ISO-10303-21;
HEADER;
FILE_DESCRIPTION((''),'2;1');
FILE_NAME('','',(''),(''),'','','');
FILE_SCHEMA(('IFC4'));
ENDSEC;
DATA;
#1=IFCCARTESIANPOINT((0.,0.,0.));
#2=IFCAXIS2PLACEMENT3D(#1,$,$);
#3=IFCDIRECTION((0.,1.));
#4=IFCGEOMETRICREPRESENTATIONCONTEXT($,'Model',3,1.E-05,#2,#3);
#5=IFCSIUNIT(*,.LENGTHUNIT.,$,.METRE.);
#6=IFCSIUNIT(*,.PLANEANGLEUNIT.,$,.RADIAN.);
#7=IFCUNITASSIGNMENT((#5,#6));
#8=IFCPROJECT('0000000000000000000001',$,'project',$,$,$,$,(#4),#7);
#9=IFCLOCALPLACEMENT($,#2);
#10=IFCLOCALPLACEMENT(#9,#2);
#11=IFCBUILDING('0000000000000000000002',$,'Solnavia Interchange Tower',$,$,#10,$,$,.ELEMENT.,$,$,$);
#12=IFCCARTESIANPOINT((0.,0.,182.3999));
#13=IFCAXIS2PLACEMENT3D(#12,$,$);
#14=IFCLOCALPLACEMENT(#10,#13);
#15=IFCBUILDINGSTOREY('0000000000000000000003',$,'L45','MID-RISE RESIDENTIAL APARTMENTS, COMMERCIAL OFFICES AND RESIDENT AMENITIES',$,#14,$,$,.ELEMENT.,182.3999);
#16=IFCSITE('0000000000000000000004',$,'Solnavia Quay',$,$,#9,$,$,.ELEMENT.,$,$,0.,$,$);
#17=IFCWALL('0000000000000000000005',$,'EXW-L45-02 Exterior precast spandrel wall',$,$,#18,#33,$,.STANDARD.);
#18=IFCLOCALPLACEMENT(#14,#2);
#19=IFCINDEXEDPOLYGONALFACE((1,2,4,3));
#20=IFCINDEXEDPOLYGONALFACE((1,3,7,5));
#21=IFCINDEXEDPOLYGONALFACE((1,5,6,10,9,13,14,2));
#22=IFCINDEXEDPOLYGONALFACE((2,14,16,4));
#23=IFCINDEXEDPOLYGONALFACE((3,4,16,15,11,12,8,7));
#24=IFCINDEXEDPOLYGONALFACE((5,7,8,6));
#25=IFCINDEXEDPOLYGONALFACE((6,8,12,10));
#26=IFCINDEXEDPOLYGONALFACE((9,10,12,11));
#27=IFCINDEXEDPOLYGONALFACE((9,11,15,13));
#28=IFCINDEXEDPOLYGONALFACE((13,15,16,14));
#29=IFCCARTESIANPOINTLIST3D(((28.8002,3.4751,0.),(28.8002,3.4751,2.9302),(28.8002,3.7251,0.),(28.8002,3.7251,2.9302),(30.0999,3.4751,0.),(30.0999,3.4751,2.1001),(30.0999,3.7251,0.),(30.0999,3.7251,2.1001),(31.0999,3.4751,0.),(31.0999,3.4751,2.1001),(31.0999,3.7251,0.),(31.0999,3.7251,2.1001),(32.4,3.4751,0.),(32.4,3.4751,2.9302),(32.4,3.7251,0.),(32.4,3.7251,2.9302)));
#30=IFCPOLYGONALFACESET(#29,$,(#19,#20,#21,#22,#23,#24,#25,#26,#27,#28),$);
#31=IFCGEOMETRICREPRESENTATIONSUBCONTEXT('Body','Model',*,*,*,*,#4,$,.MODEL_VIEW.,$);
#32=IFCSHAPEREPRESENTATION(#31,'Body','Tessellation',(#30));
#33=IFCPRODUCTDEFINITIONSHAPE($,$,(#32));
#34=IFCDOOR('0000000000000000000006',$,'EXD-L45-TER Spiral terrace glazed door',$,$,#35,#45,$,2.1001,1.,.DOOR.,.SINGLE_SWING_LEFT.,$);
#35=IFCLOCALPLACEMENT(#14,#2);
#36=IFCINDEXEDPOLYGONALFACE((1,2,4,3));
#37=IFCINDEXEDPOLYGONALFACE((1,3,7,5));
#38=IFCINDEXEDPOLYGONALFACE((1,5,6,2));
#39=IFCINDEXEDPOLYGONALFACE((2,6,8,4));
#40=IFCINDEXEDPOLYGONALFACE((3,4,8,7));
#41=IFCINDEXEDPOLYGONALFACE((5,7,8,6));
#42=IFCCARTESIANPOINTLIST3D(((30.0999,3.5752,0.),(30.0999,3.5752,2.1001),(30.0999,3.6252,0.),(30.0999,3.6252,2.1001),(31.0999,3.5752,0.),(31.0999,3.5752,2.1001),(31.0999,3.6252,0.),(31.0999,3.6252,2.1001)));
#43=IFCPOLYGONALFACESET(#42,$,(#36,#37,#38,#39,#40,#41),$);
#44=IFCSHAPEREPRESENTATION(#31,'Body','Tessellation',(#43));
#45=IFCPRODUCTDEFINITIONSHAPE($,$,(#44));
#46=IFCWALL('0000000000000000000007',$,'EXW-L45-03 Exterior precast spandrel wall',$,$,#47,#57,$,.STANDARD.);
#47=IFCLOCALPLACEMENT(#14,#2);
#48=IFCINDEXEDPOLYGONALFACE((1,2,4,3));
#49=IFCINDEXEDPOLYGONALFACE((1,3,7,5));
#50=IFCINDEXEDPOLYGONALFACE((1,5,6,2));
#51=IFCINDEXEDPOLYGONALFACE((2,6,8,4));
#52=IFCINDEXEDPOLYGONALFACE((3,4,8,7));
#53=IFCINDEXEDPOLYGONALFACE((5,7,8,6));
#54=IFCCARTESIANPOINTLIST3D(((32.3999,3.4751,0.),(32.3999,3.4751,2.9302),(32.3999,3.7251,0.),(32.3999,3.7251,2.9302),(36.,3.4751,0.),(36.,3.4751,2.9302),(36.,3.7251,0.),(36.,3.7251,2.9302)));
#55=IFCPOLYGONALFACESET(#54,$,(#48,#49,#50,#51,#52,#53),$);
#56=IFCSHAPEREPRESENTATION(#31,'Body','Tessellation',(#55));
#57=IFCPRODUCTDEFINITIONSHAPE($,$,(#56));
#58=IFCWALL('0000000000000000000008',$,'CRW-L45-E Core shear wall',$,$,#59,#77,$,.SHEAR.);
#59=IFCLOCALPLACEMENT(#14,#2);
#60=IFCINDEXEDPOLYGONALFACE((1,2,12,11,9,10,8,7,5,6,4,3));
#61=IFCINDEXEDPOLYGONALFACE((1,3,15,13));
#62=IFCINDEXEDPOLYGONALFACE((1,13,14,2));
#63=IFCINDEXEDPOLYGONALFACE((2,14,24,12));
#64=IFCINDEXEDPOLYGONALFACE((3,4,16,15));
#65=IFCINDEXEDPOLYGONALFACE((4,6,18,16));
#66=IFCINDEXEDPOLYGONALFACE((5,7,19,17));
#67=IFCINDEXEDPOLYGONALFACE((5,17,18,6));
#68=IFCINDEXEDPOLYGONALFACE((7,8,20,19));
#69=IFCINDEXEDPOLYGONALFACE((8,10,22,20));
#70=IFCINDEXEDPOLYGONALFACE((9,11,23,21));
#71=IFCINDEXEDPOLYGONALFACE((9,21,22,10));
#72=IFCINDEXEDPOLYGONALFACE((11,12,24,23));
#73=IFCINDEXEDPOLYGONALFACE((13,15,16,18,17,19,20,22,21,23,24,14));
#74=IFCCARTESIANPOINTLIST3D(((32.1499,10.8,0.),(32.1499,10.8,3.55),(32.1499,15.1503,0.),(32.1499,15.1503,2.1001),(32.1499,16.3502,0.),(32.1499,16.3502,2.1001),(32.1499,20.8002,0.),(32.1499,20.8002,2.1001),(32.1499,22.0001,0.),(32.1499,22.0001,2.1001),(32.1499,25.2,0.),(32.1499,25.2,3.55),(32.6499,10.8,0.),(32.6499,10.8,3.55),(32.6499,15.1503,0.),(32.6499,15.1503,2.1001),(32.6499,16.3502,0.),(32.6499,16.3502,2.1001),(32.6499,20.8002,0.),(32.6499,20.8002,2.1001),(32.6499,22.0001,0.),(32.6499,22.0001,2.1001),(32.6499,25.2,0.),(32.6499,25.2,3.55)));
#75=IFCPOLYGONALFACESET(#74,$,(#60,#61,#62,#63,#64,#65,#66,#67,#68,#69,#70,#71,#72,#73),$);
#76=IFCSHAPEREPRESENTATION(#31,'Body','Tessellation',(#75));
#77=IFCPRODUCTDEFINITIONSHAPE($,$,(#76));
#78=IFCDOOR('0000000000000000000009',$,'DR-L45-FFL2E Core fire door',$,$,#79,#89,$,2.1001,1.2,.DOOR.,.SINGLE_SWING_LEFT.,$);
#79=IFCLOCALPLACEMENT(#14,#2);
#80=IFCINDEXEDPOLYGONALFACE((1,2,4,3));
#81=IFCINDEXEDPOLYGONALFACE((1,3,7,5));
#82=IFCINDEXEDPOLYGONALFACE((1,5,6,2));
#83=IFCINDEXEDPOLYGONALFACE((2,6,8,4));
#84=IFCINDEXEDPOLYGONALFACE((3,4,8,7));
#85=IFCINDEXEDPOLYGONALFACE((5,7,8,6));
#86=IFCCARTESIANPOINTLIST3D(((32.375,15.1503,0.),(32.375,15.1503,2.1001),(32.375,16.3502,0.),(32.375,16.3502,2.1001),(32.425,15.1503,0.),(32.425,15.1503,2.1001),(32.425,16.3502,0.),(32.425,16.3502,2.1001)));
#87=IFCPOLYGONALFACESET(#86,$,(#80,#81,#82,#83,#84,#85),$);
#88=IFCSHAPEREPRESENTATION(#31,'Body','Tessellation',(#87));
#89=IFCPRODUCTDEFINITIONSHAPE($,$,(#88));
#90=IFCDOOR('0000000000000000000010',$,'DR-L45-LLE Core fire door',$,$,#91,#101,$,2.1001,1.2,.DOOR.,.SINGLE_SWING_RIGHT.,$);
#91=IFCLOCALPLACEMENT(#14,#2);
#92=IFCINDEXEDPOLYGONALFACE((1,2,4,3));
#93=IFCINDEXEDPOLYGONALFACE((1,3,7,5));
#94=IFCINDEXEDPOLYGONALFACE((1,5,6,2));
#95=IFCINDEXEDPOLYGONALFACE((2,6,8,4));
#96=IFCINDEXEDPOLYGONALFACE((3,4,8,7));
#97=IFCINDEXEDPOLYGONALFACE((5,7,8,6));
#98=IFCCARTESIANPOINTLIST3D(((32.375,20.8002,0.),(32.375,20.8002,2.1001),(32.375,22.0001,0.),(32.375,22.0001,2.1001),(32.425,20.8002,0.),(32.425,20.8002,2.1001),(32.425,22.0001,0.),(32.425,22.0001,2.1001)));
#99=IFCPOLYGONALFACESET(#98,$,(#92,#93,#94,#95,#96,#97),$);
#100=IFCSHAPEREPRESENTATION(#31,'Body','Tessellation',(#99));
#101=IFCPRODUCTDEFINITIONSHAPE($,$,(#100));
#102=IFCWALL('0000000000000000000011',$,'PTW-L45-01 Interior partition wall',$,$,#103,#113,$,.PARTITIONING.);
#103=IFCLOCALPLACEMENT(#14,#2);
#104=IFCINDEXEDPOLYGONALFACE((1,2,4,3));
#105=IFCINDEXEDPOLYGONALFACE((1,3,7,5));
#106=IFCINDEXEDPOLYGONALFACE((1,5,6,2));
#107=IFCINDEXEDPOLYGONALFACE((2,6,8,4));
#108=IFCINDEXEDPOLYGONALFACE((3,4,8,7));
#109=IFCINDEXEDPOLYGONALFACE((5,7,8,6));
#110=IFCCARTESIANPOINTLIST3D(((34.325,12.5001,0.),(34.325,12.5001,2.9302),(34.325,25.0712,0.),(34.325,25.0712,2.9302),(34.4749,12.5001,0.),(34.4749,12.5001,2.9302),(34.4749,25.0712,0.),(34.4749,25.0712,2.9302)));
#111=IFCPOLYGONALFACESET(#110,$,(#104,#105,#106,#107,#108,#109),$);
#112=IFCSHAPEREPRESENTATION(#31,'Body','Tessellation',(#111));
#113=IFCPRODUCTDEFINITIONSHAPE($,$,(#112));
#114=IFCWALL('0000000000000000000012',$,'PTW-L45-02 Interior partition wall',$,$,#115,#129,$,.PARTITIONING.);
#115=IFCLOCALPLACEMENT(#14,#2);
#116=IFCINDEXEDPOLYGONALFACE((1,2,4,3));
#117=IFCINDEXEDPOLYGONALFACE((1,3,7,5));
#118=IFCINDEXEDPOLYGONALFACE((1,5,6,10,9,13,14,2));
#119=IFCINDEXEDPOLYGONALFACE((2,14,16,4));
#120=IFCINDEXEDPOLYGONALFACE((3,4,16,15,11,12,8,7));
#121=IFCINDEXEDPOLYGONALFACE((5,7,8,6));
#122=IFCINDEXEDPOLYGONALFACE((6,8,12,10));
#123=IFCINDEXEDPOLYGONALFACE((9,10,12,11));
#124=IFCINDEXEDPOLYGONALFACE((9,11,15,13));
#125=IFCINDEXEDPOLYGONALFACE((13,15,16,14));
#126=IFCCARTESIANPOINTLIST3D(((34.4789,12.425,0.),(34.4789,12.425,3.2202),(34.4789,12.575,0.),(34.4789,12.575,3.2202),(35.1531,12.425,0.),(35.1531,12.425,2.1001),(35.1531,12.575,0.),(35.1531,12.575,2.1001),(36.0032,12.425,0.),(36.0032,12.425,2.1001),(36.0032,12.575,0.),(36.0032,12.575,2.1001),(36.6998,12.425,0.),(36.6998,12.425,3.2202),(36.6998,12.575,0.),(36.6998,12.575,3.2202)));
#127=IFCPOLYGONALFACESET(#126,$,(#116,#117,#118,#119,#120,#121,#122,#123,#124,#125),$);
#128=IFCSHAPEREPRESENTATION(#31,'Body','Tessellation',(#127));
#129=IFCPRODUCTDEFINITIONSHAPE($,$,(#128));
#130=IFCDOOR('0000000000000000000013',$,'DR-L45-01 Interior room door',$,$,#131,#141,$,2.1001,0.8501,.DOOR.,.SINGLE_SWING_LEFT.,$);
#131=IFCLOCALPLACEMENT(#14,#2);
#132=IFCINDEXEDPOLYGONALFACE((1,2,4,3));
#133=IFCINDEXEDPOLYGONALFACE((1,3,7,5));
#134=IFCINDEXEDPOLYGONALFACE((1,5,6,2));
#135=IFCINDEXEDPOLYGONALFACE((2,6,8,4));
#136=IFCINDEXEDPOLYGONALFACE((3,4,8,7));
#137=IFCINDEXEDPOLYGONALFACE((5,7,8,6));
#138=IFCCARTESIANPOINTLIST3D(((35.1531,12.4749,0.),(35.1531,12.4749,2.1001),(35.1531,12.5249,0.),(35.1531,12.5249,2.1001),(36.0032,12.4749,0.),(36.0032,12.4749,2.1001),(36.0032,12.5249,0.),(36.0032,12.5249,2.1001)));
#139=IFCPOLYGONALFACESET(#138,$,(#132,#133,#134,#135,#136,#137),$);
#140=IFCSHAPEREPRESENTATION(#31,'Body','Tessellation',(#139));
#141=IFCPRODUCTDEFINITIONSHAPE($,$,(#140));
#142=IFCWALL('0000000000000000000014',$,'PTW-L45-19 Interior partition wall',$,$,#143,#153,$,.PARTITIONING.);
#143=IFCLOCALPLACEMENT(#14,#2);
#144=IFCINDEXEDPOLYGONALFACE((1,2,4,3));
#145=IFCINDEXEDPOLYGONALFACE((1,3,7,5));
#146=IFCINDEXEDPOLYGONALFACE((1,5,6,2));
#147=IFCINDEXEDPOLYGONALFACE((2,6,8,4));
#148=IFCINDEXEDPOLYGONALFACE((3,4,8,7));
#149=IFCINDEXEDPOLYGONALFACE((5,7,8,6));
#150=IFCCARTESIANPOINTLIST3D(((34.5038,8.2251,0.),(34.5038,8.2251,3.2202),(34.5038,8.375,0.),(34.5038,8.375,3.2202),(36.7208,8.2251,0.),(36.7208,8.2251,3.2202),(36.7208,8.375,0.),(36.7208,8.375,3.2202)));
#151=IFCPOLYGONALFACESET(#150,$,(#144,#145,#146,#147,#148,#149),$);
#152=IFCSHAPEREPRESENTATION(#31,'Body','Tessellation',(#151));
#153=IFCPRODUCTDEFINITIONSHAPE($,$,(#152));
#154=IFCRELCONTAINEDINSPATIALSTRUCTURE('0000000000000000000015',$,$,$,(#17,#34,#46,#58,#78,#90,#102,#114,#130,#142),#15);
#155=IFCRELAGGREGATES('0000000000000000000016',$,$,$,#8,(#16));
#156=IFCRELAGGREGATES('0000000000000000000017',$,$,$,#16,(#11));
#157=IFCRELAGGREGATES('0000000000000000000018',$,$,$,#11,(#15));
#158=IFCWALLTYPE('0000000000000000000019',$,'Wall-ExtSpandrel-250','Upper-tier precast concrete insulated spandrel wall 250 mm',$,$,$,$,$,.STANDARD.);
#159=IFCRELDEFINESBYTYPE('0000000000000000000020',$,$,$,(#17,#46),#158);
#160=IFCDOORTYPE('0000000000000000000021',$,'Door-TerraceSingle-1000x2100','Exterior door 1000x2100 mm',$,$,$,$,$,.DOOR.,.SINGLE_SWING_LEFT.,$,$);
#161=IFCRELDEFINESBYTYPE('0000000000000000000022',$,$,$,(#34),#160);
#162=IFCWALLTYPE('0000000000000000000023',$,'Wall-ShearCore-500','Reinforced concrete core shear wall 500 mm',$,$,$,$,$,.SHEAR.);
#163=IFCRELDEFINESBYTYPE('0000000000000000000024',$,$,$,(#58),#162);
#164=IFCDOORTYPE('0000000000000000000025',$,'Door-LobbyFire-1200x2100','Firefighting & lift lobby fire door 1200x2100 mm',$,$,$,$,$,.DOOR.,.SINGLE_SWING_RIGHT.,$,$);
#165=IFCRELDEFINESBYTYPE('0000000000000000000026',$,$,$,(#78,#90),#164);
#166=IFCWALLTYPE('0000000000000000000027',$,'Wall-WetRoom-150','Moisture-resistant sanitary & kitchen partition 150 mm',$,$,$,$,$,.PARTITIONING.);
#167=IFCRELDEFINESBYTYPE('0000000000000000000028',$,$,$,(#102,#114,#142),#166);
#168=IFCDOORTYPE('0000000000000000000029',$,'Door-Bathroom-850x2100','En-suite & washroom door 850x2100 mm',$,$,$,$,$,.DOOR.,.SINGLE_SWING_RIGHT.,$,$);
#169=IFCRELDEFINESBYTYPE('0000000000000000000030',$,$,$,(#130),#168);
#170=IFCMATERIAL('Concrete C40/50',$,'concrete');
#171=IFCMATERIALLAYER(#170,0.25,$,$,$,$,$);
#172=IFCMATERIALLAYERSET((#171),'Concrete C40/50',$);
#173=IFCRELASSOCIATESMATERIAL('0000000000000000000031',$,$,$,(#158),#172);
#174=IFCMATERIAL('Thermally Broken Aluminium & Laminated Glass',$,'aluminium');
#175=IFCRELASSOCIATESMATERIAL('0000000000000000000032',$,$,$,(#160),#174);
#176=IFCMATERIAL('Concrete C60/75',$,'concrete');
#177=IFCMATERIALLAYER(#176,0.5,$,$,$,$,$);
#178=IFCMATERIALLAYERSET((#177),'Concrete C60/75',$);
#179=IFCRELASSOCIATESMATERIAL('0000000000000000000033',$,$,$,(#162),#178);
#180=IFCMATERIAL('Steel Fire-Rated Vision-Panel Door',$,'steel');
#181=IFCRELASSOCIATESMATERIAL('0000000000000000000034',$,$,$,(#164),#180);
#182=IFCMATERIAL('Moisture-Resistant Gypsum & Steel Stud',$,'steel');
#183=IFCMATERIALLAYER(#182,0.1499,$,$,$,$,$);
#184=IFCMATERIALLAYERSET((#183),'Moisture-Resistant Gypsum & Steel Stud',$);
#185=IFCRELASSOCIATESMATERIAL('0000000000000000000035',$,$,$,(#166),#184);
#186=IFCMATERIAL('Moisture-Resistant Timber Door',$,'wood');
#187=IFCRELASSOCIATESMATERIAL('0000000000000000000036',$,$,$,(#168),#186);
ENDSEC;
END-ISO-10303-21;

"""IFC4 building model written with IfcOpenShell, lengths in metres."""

from ifc_helpers import new_model, si_unit, direction, frame, frame_2d, origin, place, context, subcontext, project, spatial, rectangle, extrude, material, layer, layer_set, type_object, element, fill, save


model = new_model("IFC4")

# Units and contexts
model_context = context("Model", 3, precision=1e-05, world=origin(), true_north=direction((0.0, 1.0)))
body_context = subcontext(model_context, "Body", "Model", "MODEL_VIEW")
ifc_project = project(units=[si_unit("LENGTHUNIT", "METRE"), si_unit("PLANEANGLEUNIT", "RADIAN")], contexts=[model_context])

# Site, building, storey
site_placement = place(None, origin())
site = spatial("IfcSite", under=ifc_project, at=site_placement, Name="Solnavia Quay", CompositionType="ELEMENT", RefElevation=0.0)
building_placement = place(site_placement, origin())
building = spatial("IfcBuilding", under=site, at=building_placement, Name="Solnavia Interchange Tower", CompositionType="ELEMENT")
storey_placement = place(building_placement, frame((0.0, 0.0, 182.3999)))
storey = spatial("IfcBuildingStorey", under=building, at=storey_placement, Name="L45", Description="MID-RISE RESIDENTIAL APARTMENTS, COMMERCIAL OFFICES AND RESIDENT AMENITIES", CompositionType="ELEMENT", Elevation=182.3999)

# Wall, opening, door
ifc_material_1 = material(Name="Concrete C40/50", Category="concrete")
ifc_layer_1 = layer(ifc_material_1, 0.25)
ifc_layer_set_1 = layer_set([ifc_layer_1], Name="Concrete C40/50")
wall_type_1 = type_object("IfcWallType", Name="Wall-ExtSpandrel-250", Description="Upper-tier precast concrete insulated spandrel wall 250 mm", PredefinedType="STANDARD", material=ifc_layer_set_1)
wall_1_placement = place(storey_placement, frame((32.3999, 3.6001, 0.0), z_axis=(0.0, 0.0, 1.0), x_axis=(-1.0, 0.0, 0.0)))
wall_1 = element("IfcWall", 1, at=wall_1_placement, inside=storey, type_object=wall_type_1, Name="EXW-L45-02 Exterior precast spandrel wall", PredefinedType="STANDARD", context=body_context, shape_type="SweptSolid", body=[
    extrude(rectangle(XDim=3.5999, YDim=0.25, at=frame_2d((1.7998, 0.0))), origin(), (0.0, 0.0, 1.0), 2.9302),
])
opening_1_placement = place(wall_1_placement, frame((1.3, 0.0, 0.0)))
opening_1 = element("IfcOpeningElement", 2, at=opening_1_placement, cuts=wall_1, PredefinedType="OPENING", context=body_context, shape_type="SweptSolid", body=[
    extrude(rectangle(XDim=1.0, YDim=2.1001, at=frame_2d((0.5, 1.05))), frame((0.0, 0.135, 0.0), z_axis=(0.0, -1.0, 0.0), x_axis=(1.0, 0.0, 0.0)), (0.0, 0.0, 1.0), 0.27),
])
ifc_material_2 = material(Name="Thermally Broken Aluminium & Laminated Glass", Category="aluminium")
door_type_1 = type_object("IfcDoorType", Name="Door-TerraceSingle-1000x2100", Description="Exterior door 1000x2100 mm", OperationType="SINGLE_SWING_LEFT", PredefinedType="DOOR", material=ifc_material_2)
door_1_placement = place(opening_1_placement, origin())
door_1 = element("IfcDoor", 3, at=door_1_placement, inside=storey, type_object=door_type_1, Name="EXD-L45-TER Spiral terrace glazed door", OperationType="SINGLE_SWING_LEFT", OverallHeight=2.1001, OverallWidth=1.0, PredefinedType="DOOR", context=body_context, shape_type="SweptSolid", body=[
    extrude(rectangle(XDim=1.0, YDim=2.1001, at=frame_2d((0.5, 1.05))), frame((0.0, 0.0249, 0.0), z_axis=(0.0, -1.0, 0.0), x_axis=(1.0, 0.0, 0.0)), (0.0, 0.0, 1.0), 0.05),
])
fill(opening_1, door_1)

# Wall
wall_2_placement = place(storey_placement, frame((36.0, 3.6001, 0.0), z_axis=(0.0, 0.0, 1.0), x_axis=(-1.0, 0.0, 0.0)))
element("IfcWall", 4, at=wall_2_placement, inside=storey, type_object=wall_type_1, Name="EXW-L45-03 Exterior precast spandrel wall", PredefinedType="STANDARD", context=body_context, shape_type="SweptSolid", body=[
    extrude(rectangle(XDim=3.6001, YDim=0.25, at=frame_2d((1.8, 0.0))), origin(), (0.0, 0.0, 1.0), 2.9302),
])

# Wall, openings, doors
ifc_material_3 = material(Name="Concrete C60/75", Category="concrete")
ifc_layer_2 = layer(ifc_material_3, 0.5)
ifc_layer_set_2 = layer_set([ifc_layer_2], Name="Concrete C60/75")
wall_type_2 = type_object("IfcWallType", Name="Wall-ShearCore-500", Description="Reinforced concrete core shear wall 500 mm", PredefinedType="SHEAR", material=ifc_layer_set_2)
wall_3_placement = place(storey_placement, frame((32.3999, 10.8, 0.0), z_axis=(0.0, 0.0, 1.0), x_axis=(0.0, 1.0, 0.0)))
wall_3 = element("IfcWall", 5, at=wall_3_placement, inside=storey, type_object=wall_type_2, Name="CRW-L45-E Core shear wall", PredefinedType="SHEAR", context=body_context, shape_type="SweptSolid", body=[
    extrude(rectangle(XDim=14.3999, YDim=0.5, at=frame_2d((7.2, 0.0))), origin(), (0.0, 0.0, 1.0), 3.55),
])
opening_2_placement = place(wall_3_placement, frame((4.3501, 0.0, 0.0)))
opening_2 = element("IfcOpeningElement", 6, at=opening_2_placement, cuts=wall_3, PredefinedType="OPENING", context=body_context, shape_type="SweptSolid", body=[
    extrude(rectangle(XDim=1.2, YDim=2.1001, at=frame_2d((0.6001, 1.05))), frame((0.0, 0.26, 0.0), z_axis=(0.0, -1.0, 0.0), x_axis=(1.0, 0.0, 0.0)), (0.0, 0.0, 1.0), 0.52),
])
opening_3_placement = place(wall_3_placement, frame((10.0, 0.0, 0.0)))
opening_3 = element("IfcOpeningElement", 7, at=opening_3_placement, cuts=wall_3, PredefinedType="OPENING", context=body_context, shape_type="SweptSolid", body=[
    extrude(rectangle(XDim=1.2, YDim=2.1001, at=frame_2d((0.6001, 1.05))), frame((0.0, 0.26, 0.0), z_axis=(0.0, -1.0, 0.0), x_axis=(1.0, 0.0, 0.0)), (0.0, 0.0, 1.0), 0.52),
])
ifc_material_4 = material(Name="Steel Fire-Rated Vision-Panel Door", Category="steel")
door_type_2 = type_object("IfcDoorType", Name="Door-LobbyFire-1200x2100", Description="Firefighting & lift lobby fire door 1200x2100 mm", OperationType="SINGLE_SWING_RIGHT", PredefinedType="DOOR", material=ifc_material_4)
door_2_placement = place(opening_2_placement, origin())
door_2 = element("IfcDoor", 8, at=door_2_placement, inside=storey, type_object=door_type_2, Name="DR-L45-FFL2E Core fire door", OperationType="SINGLE_SWING_LEFT", OverallHeight=2.1001, OverallWidth=1.2, PredefinedType="DOOR", context=body_context, shape_type="SweptSolid", body=[
    extrude(rectangle(XDim=1.2, YDim=2.1001, at=frame_2d((0.6001, 1.05))), frame((0.0, 0.0249, 0.0), z_axis=(0.0, -1.0, 0.0), x_axis=(1.0, 0.0, 0.0)), (0.0, 0.0, 1.0), 0.05),
])
fill(opening_2, door_2)
door_3_placement = place(opening_3_placement, origin())
door_3 = element("IfcDoor", 9, at=door_3_placement, inside=storey, type_object=door_type_2, Name="DR-L45-LLE Core fire door", OperationType="SINGLE_SWING_RIGHT", OverallHeight=2.1001, OverallWidth=1.2, PredefinedType="DOOR", context=body_context, shape_type="SweptSolid", body=[
    extrude(rectangle(XDim=1.2, YDim=2.1001, at=frame_2d((0.6001, 1.05))), frame((0.0, 0.0249, 0.0), z_axis=(0.0, -1.0, 0.0), x_axis=(1.0, 0.0, 0.0)), (0.0, 0.0, 1.0), 0.05),
])
fill(opening_3, door_3)

# Wall
ifc_material_5 = material(Name="Moisture-Resistant Gypsum & Steel Stud", Category="steel")
ifc_layer_3 = layer(ifc_material_5, 0.1499)
ifc_layer_set_3 = layer_set([ifc_layer_3], Name="Moisture-Resistant Gypsum & Steel Stud")
wall_type_3 = type_object("IfcWallType", Name="Wall-WetRoom-150", Description="Moisture-resistant sanitary & kitchen partition 150 mm", PredefinedType="PARTITIONING", material=ifc_layer_set_3)
wall_4_placement = place(storey_placement, frame((34.3999, 12.5, 0.0), z_axis=(0.0, 0.0, 1.0), x_axis=(0.0, 1.0, 0.0)))
element("IfcWall", 10, at=wall_4_placement, inside=storey, type_object=wall_type_3, Name="PTW-L45-01 Interior partition wall", PredefinedType="PARTITIONING", context=body_context, shape_type="SweptSolid", body=[
    extrude(rectangle(XDim=12.571, YDim=0.1499, at=frame_2d((6.2856, 0.0))), origin(), (0.0, 0.0, 1.0), 2.9302),
])

# Wall, opening, door
wall_5_placement = place(storey_placement, frame((34.479, 12.5, 0.0), z_axis=(0.0, 0.0, 1.0), x_axis=(1.0, 0.0, 0.0)))
wall_5 = element("IfcWall", 11, at=wall_5_placement, inside=storey, type_object=wall_type_3, Name="PTW-L45-02 Interior partition wall", PredefinedType="PARTITIONING", context=body_context, shape_type="SweptSolid", body=[
    extrude(rectangle(XDim=2.2209, YDim=0.1499, at=frame_2d((1.1104, 0.0))), origin(), (0.0, 0.0, 1.0), 3.2202),
])
opening_4_placement = place(wall_5_placement, frame((0.6741, 0.0, 0.0)))
opening_4 = element("IfcOpeningElement", 12, at=opening_4_placement, cuts=wall_5, PredefinedType="OPENING", context=body_context, shape_type="SweptSolid", body=[
    extrude(rectangle(XDim=0.8501, YDim=2.1001, at=frame_2d((0.425, 1.05))), frame((0.0, 0.085, 0.0), z_axis=(0.0, -1.0, 0.0), x_axis=(1.0, 0.0, 0.0)), (0.0, 0.0, 1.0), 0.1699),
])
ifc_material_6 = material(Name="Moisture-Resistant Timber Door", Category="wood")
door_type_3 = type_object("IfcDoorType", Name="Door-Bathroom-850x2100", Description="En-suite & washroom door 850x2100 mm", OperationType="SINGLE_SWING_RIGHT", PredefinedType="DOOR", material=ifc_material_6)
door_4_placement = place(opening_4_placement, origin())
door_4 = element("IfcDoor", 13, at=door_4_placement, inside=storey, type_object=door_type_3, Name="DR-L45-01 Interior room door", OperationType="SINGLE_SWING_LEFT", OverallHeight=2.1001, OverallWidth=0.8501, PredefinedType="DOOR", context=body_context, shape_type="SweptSolid", body=[
    extrude(rectangle(XDim=0.8501, YDim=2.1001, at=frame_2d((0.425, 1.05))), frame((0.0, 0.0249, 0.0), z_axis=(0.0, -1.0, 0.0), x_axis=(1.0, 0.0, 0.0)), (0.0, 0.0, 1.0), 0.05),
])
fill(opening_4, door_4)

# Wall
wall_6_placement = place(storey_placement, frame((34.5039, 8.3, 0.0), z_axis=(0.0, 0.0, 1.0), x_axis=(1.0, 0.0, 0.0)))
element("IfcWall", 14, at=wall_6_placement, inside=storey, type_object=wall_type_3, Name="PTW-L45-19 Interior partition wall", PredefinedType="PARTITIONING", context=body_context, shape_type="SweptSolid", body=[
    extrude(rectangle(XDim=2.217, YDim=0.1499, at=frame_2d((1.1084, 0.0))), origin(), (0.0, 0.0, 1.0), 3.2202),
])

save(model, "model.ifc")
